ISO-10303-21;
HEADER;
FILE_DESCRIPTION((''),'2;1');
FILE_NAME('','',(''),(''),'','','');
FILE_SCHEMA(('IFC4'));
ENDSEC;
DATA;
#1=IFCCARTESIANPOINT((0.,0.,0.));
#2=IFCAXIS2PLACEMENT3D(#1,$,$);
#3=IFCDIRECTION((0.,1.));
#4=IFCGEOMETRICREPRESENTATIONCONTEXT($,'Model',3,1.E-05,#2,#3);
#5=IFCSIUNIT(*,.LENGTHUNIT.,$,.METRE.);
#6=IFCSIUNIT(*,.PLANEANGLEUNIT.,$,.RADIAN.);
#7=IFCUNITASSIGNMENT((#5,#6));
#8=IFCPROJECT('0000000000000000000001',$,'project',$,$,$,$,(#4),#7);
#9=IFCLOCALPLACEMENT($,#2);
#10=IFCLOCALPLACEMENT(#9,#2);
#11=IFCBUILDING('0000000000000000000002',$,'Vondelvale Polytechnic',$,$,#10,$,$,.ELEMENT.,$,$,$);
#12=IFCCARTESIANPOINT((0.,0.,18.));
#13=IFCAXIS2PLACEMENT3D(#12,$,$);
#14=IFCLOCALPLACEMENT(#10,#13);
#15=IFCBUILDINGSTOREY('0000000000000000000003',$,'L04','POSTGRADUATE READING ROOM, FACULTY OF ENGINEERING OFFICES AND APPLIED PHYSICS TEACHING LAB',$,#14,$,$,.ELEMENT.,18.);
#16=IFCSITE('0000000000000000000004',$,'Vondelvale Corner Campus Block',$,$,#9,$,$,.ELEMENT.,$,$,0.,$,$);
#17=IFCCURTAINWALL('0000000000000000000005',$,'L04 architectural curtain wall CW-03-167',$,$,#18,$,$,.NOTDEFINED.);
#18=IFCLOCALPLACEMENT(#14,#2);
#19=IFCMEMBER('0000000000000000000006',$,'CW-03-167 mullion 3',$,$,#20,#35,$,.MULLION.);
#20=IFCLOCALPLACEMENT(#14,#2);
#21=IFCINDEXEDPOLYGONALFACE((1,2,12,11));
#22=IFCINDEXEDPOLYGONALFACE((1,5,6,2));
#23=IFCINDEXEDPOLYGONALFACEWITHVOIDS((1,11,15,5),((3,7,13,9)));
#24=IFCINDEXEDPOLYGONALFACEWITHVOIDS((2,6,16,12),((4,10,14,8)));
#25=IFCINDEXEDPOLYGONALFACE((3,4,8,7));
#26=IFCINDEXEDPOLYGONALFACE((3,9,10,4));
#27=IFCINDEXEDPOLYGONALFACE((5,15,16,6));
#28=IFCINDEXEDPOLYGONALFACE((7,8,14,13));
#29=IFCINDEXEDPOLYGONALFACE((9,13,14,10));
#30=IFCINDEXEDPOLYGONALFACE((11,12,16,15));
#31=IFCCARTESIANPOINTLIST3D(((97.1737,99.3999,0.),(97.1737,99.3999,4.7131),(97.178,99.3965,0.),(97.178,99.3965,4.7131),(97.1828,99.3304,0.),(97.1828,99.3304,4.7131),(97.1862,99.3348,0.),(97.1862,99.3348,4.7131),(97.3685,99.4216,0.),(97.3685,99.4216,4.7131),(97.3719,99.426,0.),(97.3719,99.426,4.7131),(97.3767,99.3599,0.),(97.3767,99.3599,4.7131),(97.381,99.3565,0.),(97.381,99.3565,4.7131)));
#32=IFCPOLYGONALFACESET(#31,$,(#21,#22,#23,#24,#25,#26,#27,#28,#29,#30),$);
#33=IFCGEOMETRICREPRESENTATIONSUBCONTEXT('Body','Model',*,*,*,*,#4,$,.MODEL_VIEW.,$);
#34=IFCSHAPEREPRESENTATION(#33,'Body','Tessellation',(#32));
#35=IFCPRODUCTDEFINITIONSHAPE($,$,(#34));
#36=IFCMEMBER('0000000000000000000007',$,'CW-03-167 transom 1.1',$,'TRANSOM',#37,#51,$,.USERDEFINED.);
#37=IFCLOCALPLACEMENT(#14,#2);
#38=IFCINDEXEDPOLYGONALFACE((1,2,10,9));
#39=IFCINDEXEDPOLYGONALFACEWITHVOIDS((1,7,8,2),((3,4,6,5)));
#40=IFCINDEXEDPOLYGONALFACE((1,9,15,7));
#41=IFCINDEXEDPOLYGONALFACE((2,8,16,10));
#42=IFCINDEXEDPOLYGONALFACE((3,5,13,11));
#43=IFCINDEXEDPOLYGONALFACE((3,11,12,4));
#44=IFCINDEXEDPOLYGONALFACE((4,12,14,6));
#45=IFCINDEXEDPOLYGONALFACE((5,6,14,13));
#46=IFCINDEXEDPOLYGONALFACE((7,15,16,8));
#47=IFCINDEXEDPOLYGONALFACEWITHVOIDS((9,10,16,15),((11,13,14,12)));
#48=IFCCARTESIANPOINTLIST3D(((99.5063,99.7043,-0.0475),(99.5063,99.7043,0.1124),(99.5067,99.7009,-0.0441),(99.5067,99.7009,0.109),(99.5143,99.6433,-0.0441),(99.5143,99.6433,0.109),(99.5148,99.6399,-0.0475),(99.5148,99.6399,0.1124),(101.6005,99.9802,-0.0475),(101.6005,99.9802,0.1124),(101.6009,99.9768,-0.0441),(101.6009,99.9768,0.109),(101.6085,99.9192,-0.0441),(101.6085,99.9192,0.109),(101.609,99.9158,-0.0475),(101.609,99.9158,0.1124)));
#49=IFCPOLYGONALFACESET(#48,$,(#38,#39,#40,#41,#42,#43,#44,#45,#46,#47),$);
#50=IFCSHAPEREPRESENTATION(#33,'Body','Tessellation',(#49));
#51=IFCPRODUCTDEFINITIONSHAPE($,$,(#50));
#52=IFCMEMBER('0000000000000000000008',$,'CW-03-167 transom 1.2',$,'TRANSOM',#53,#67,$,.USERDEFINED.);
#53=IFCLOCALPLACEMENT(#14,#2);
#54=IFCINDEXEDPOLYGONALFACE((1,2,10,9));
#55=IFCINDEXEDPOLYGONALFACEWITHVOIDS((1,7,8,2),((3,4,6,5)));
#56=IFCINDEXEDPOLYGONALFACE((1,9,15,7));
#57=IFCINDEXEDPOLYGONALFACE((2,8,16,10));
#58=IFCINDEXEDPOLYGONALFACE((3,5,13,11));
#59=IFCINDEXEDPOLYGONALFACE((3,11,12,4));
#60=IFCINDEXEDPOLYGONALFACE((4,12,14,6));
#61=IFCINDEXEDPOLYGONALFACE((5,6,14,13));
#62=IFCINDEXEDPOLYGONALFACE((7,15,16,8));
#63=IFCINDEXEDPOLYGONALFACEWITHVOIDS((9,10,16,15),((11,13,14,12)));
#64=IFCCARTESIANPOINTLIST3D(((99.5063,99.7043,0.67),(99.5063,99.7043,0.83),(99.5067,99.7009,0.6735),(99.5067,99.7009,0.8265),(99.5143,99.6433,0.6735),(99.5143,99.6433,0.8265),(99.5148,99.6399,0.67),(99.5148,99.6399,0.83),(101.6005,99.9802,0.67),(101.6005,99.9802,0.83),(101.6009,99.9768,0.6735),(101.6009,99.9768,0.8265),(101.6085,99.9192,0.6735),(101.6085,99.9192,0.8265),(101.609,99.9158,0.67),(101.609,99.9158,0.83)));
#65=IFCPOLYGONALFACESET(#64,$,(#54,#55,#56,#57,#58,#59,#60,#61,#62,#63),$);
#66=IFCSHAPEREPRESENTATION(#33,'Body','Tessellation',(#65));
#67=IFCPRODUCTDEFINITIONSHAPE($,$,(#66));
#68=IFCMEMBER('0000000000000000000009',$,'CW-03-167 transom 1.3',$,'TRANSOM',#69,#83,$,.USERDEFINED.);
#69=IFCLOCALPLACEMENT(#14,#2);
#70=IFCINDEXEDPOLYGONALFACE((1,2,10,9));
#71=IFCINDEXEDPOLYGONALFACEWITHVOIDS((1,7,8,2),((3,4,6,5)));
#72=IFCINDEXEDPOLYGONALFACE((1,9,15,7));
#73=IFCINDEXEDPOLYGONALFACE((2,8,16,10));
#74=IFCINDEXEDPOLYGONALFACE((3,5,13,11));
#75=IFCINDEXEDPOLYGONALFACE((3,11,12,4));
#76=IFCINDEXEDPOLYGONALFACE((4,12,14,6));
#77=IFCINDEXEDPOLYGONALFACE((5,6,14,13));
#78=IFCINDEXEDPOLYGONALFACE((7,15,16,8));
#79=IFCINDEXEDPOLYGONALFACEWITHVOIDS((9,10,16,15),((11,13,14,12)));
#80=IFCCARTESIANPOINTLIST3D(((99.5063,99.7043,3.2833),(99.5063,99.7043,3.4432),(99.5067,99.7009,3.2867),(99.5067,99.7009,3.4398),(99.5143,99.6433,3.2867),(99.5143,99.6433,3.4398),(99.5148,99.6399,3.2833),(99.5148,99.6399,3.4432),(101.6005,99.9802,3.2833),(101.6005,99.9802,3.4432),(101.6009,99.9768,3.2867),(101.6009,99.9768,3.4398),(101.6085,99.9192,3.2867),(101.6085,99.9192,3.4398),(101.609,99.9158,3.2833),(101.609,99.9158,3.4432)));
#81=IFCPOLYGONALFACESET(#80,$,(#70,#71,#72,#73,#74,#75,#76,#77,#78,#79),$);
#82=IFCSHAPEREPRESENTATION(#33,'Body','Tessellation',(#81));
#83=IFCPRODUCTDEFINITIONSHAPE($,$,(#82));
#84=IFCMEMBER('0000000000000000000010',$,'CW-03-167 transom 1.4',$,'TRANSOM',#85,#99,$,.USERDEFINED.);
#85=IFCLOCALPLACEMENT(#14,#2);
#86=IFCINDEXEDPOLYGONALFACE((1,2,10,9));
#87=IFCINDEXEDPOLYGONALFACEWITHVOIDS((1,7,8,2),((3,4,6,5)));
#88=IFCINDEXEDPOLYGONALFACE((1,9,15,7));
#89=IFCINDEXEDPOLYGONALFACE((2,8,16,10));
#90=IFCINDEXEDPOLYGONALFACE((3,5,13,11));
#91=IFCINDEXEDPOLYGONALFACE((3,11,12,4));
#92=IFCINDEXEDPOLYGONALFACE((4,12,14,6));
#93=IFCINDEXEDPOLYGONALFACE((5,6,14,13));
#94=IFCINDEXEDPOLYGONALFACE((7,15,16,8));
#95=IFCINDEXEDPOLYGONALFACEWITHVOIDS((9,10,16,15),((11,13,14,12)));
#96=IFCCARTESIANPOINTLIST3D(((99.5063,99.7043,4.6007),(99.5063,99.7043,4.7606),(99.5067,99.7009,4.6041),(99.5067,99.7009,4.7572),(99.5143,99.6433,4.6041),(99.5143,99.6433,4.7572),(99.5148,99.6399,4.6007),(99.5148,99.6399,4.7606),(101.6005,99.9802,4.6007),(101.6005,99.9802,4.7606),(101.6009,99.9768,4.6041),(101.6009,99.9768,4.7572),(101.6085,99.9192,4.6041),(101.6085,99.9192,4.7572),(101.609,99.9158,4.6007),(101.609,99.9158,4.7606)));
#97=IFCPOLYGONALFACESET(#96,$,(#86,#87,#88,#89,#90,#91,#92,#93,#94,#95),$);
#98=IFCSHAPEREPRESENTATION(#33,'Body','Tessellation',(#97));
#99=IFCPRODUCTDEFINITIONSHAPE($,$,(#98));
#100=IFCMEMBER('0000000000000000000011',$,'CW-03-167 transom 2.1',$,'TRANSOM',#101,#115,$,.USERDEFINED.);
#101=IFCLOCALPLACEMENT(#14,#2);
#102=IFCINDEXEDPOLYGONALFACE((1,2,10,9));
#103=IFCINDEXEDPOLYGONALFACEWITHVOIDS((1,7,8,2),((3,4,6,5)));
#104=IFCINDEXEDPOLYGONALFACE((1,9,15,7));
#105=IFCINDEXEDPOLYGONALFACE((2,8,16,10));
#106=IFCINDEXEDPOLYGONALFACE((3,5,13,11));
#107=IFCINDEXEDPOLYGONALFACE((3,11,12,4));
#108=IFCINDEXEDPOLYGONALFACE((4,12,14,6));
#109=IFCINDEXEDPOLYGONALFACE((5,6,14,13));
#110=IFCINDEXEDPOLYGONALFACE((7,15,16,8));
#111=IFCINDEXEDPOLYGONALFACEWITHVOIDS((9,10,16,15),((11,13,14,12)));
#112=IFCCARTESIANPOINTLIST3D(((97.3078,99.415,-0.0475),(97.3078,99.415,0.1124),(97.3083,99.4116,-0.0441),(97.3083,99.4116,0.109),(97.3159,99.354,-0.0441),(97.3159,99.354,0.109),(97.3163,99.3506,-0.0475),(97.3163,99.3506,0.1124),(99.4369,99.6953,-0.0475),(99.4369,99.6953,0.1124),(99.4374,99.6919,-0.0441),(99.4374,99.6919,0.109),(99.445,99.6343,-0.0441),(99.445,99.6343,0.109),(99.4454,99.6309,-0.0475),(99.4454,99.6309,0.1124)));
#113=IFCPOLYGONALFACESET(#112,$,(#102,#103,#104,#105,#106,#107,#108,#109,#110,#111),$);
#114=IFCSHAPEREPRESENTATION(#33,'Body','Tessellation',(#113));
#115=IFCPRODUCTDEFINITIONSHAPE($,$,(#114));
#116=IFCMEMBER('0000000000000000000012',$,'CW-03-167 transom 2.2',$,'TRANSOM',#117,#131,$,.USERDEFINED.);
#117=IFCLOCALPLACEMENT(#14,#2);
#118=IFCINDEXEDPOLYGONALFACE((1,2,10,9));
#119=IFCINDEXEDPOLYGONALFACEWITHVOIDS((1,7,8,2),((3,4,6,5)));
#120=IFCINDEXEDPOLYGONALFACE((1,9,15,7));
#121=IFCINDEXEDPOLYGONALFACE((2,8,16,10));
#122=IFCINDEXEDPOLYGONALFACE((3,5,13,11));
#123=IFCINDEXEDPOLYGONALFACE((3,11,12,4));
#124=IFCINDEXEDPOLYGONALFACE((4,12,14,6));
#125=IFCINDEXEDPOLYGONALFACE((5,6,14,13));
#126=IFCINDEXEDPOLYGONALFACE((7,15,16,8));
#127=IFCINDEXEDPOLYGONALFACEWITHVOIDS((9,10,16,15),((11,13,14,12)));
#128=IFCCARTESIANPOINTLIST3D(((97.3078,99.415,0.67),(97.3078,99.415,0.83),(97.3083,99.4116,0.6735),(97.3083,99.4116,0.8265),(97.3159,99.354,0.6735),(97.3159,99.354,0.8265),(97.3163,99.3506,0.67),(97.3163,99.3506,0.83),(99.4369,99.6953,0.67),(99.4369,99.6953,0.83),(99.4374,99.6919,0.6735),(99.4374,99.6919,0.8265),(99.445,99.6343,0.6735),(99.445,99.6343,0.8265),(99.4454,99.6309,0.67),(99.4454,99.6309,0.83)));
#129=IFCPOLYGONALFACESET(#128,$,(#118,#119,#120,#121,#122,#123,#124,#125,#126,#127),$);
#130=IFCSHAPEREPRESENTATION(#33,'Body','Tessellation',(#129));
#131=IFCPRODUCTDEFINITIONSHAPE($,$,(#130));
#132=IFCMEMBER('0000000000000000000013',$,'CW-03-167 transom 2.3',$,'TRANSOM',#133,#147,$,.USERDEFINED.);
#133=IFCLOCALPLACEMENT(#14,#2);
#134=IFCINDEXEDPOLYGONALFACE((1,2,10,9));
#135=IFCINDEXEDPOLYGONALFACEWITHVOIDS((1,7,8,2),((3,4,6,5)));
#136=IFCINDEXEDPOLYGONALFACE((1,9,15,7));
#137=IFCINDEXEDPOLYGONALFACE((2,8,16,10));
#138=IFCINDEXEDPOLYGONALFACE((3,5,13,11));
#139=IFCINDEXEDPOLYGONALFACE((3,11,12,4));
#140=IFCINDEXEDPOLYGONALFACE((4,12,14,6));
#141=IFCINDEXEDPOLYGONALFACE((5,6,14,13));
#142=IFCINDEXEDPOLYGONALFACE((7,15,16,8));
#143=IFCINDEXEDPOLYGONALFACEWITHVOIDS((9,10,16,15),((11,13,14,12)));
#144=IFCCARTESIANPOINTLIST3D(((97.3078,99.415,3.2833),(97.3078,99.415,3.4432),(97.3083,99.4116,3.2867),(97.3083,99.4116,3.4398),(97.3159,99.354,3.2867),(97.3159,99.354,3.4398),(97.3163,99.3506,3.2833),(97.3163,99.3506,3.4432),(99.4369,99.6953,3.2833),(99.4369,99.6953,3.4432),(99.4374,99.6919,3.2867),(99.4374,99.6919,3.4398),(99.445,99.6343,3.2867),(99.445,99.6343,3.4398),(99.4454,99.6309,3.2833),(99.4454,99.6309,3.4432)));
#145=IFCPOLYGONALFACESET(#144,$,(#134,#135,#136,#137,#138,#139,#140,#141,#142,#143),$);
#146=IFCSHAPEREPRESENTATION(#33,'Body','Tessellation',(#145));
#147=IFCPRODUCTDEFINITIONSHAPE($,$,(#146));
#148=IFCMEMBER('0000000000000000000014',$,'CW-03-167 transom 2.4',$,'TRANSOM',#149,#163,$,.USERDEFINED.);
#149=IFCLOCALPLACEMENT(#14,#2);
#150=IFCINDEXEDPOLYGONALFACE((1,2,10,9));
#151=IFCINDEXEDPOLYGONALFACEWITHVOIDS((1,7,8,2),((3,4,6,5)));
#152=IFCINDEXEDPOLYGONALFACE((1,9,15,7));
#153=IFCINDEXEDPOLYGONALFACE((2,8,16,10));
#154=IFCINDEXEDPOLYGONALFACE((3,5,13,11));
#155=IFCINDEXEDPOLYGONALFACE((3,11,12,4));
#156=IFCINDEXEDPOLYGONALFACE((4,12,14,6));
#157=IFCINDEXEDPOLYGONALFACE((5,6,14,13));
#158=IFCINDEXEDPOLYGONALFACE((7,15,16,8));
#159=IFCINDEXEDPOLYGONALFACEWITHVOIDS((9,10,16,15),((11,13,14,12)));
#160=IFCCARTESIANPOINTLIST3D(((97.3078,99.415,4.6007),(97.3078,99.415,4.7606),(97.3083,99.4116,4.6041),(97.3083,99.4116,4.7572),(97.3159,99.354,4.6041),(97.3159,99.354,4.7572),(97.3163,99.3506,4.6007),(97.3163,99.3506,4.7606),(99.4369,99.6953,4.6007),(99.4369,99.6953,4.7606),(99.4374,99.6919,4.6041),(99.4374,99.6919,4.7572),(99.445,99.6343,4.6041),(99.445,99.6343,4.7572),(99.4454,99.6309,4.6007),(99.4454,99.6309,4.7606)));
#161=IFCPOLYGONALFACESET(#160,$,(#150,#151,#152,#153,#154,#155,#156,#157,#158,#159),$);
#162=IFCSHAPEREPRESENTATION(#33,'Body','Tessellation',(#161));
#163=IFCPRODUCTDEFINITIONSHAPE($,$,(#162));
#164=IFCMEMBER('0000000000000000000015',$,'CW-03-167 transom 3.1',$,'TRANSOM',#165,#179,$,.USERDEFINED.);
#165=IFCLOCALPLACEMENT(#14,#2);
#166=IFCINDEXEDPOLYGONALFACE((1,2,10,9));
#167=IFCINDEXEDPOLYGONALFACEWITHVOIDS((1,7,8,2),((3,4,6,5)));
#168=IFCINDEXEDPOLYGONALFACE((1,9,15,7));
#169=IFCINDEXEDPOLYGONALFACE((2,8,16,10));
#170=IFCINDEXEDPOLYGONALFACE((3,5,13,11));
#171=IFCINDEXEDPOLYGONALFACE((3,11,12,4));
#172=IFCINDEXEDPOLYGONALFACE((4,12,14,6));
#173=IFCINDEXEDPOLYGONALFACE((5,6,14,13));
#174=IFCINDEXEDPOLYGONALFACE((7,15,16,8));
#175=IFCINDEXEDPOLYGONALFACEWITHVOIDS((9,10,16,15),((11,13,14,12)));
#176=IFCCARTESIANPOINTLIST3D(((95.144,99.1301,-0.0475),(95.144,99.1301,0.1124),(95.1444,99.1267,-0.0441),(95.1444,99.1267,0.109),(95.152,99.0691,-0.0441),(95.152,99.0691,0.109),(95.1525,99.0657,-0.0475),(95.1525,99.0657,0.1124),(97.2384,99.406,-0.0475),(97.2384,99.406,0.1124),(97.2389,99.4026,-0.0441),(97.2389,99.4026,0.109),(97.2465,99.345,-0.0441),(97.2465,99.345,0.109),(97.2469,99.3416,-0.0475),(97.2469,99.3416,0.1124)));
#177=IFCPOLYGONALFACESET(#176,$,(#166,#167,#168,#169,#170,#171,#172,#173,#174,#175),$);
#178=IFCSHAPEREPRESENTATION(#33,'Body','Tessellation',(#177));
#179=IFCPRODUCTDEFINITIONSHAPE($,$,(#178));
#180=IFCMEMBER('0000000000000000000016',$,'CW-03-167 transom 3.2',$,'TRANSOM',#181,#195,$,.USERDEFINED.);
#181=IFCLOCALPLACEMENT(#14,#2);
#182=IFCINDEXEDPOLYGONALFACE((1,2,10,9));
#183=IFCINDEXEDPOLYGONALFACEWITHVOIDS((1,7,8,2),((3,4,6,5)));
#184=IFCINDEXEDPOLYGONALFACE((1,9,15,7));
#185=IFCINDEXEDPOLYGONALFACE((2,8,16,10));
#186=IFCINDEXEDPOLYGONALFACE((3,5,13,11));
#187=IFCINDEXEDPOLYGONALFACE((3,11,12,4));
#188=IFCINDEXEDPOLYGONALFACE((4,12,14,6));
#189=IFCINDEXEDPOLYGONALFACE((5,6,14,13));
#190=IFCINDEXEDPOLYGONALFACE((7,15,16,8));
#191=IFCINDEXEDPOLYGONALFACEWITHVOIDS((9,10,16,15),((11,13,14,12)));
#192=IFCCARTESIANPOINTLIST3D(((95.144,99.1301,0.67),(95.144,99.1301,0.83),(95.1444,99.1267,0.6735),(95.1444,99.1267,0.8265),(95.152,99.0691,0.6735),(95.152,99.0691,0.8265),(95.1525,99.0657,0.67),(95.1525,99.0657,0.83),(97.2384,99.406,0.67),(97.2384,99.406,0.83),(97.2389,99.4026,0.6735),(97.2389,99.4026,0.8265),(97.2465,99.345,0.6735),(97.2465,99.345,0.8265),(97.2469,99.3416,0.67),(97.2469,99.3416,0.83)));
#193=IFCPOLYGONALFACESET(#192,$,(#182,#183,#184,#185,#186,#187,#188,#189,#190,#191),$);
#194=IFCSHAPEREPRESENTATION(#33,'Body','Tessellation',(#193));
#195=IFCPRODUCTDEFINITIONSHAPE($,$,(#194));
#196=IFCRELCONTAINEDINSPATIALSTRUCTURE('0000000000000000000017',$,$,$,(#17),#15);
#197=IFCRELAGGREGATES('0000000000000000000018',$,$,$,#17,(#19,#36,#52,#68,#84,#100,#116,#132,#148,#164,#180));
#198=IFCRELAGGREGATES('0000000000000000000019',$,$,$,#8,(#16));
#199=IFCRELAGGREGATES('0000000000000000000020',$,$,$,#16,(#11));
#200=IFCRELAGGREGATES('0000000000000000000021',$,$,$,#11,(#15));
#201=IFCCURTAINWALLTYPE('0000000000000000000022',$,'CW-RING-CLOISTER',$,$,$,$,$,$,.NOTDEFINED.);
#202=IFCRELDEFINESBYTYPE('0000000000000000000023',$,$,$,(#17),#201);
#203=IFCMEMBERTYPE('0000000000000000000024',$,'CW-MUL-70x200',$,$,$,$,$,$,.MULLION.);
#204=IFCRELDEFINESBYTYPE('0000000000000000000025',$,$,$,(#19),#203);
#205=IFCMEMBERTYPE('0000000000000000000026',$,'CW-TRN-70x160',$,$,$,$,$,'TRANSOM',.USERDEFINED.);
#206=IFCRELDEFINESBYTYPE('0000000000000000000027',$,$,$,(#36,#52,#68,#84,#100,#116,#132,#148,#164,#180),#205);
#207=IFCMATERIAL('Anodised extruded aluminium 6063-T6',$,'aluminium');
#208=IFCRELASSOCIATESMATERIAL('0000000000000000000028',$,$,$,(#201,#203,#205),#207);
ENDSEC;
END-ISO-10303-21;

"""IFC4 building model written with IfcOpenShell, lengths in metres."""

from ifc_helpers import new_model, si_unit, direction, frame, origin, origin_2d, place, context, subcontext, project, spatial, hollow_rectangle, extrude, material, material_profile, profile_set, type_object, element, aggregate, save


model = new_model("IFC4")

# Units and contexts
model_context = context("Model", 3, precision=1e-05, world=origin(), true_north=direction((0.0, 1.0)))
body_context = subcontext(model_context, "Body", "Model", "MODEL_VIEW")
ifc_project = project(units=[si_unit("LENGTHUNIT", "METRE"), si_unit("PLANEANGLEUNIT", "RADIAN")], contexts=[model_context])

# Site, building, storey
site_placement = place(None, origin())
site = spatial("IfcSite", under=ifc_project, at=site_placement, Name="Vondelvale Corner Campus Block", CompositionType="ELEMENT", RefElevation=0.0)
building_placement = place(site_placement, origin())
building = spatial("IfcBuilding", under=site, at=building_placement, Name="Vondelvale Polytechnic", CompositionType="ELEMENT")
storey_placement = place(building_placement, frame((0.0, 0.0, 18.0)))
storey = spatial("IfcBuildingStorey", under=building, at=storey_placement, Name="L04", Description="POSTGRADUATE READING ROOM, FACULTY OF ENGINEERING OFFICES AND APPLIED PHYSICS TEACHING LAB", CompositionType="ELEMENT", Elevation=18.0)

# Shared definitions
ifc_material_1 = material(Name="Anodised extruded aluminium 6063-T6", Category="aluminium")

# Curtain wall, members
curtain_wall_type_1 = type_object("IfcCurtainWallType", Name="CW-RING-CLOISTER", PredefinedType="NOTDEFINED", material=ifc_material_1)
curtain_wall_1_placement = place(storey_placement, origin())
curtain_wall_1 = element("IfcCurtainWall", 1, at=curtain_wall_1_placement, inside=storey, type_object=curtain_wall_type_1, Name="L04 architectural curtain wall CW-03-167", PredefinedType="NOTDEFINED")
ifc_material_profile_1 = material_profile(ifc_material_1, hollow_rectangle(XDim=0.0701, YDim=0.2, WallThickness=0.0039, at=origin_2d()), Name="CW-MUL-200x70")
ifc_profile_set_1 = profile_set([ifc_material_profile_1], Name="Anodised extruded aluminium 6063-T6")
member_type_1 = type_object("IfcMemberType", Name="CW-MUL-70x200", PredefinedType="MULLION", material=ifc_profile_set_1)
member_1_placement = place(storey_placement, frame((97.2773, 99.3782, 0.0), z_axis=(0.0, 0.0, 1.0), x_axis=(0.130528, -0.991445, 0.0)))
member_1 = element("IfcMember", 2, at=member_1_placement, type_object=member_type_1, Name="CW-03-167 mullion 3", PredefinedType="MULLION", context=body_context, shape_type="SweptSolid", body=[
    extrude(hollow_rectangle(XDim=0.0701, YDim=0.2, WallThickness=0.0039, at=origin_2d()), origin(), (0.0, 0.0, 1.0), 4.7131),
])
ifc_material_profile_2 = material_profile(ifc_material_1, hollow_rectangle(XDim=0.0649, YDim=0.1599, WallThickness=0.0034, at=origin_2d()), Name="CW-TRN-160x65")
ifc_profile_set_2 = profile_set([ifc_material_profile_2], Name="Anodised extruded aluminium 6063-T6")
member_type_2 = type_object("IfcMemberType", Name="CW-TRN-70x160", ElementType="TRANSOM", PredefinedType="USERDEFINED", material=ifc_profile_set_2)
member_2_placement = place(storey_placement, frame((101.6047, 99.948, 0.0325), z_axis=(-0.991435, -0.130604, 0.0), x_axis=(0.130604, -0.991435, 0.0)))
member_2 = element("IfcMember", 3, at=member_2_placement, type_object=member_type_2, Name="CW-03-167 transom 1.1", ObjectType="TRANSOM", PredefinedType="USERDEFINED", context=body_context, shape_type="SweptSolid", body=[
    extrude(hollow_rectangle(XDim=0.0649, YDim=0.1599, WallThickness=0.0034, at=origin_2d()), origin(), (0.0, 0.0, 1.0), 2.1123),
])
member_3_placement = place(storey_placement, frame((101.6047, 99.948, 0.75), z_axis=(-0.991435, -0.130604, 0.0), x_axis=(0.130604, -0.991435, 0.0)))
member_3 = element("IfcMember", 4, at=member_3_placement, type_object=member_type_2, Name="CW-03-167 transom 1.2", ObjectType="TRANSOM", PredefinedType="USERDEFINED", context=body_context, shape_type="SweptSolid", body=[
    extrude(hollow_rectangle(XDim=0.0649, YDim=0.1599, WallThickness=0.0034, at=origin_2d()), origin(), (0.0, 0.0, 1.0), 2.1123),
])
member_4_placement = place(storey_placement, frame((101.6047, 99.948, 3.3633), z_axis=(-0.991435, -0.130604, 0.0), x_axis=(0.130604, -0.991435, 0.0)))
member_4 = element("IfcMember", 5, at=member_4_placement, type_object=member_type_2, Name="CW-03-167 transom 1.3", ObjectType="TRANSOM", PredefinedType="USERDEFINED", context=body_context, shape_type="SweptSolid", body=[
    extrude(hollow_rectangle(XDim=0.0649, YDim=0.1599, WallThickness=0.0034, at=origin_2d()), origin(), (0.0, 0.0, 1.0), 2.1123),
])
member_5_placement = place(storey_placement, frame((101.6047, 99.948, 4.6807), z_axis=(-0.991435, -0.130604, 0.0), x_axis=(0.130604, -0.991435, 0.0)))
member_5 = element("IfcMember", 6, at=member_5_placement, type_object=member_type_2, Name="CW-03-167 transom 1.4", ObjectType="TRANSOM", PredefinedType="USERDEFINED", context=body_context, shape_type="SweptSolid", body=[
    extrude(hollow_rectangle(XDim=0.0649, YDim=0.1599, WallThickness=0.0034, at=origin_2d()), origin(), (0.0, 0.0, 1.0), 2.1123),
])
member_6_placement = place(storey_placement, frame((99.4412, 99.6631, 0.0325), z_axis=(-0.991447, -0.13051, 0.0), x_axis=(0.13051, -0.991447, 0.0)))
member_6 = element("IfcMember", 7, at=member_6_placement, type_object=member_type_2, Name="CW-03-167 transom 2.1", ObjectType="TRANSOM", PredefinedType="USERDEFINED", context=body_context, shape_type="SweptSolid", body=[
    extrude(hollow_rectangle(XDim=0.0649, YDim=0.1599, WallThickness=0.0034, at=origin_2d()), origin(), (0.0, 0.0, 1.0), 2.1475),
])
member_7_placement = place(storey_placement, frame((99.4412, 99.6631, 0.75), z_axis=(-0.991447, -0.13051, 0.0), x_axis=(0.13051, -0.991447, 0.0)))
member_7 = element("IfcMember", 8, at=member_7_placement, type_object=member_type_2, Name="CW-03-167 transom 2.2", ObjectType="TRANSOM", PredefinedType="USERDEFINED", context=body_context, shape_type="SweptSolid", body=[
    extrude(hollow_rectangle(XDim=0.0649, YDim=0.1599, WallThickness=0.0034, at=origin_2d()), origin(), (0.0, 0.0, 1.0), 2.1475),
])
member_8_placement = place(storey_placement, frame((99.4412, 99.6631, 3.3633), z_axis=(-0.991447, -0.13051, 0.0), x_axis=(0.13051, -0.991447, 0.0)))
member_8 = element("IfcMember", 9, at=member_8_placement, type_object=member_type_2, Name="CW-03-167 transom 2.3", ObjectType="TRANSOM", PredefinedType="USERDEFINED", context=body_context, shape_type="SweptSolid", body=[
    extrude(hollow_rectangle(XDim=0.0649, YDim=0.1599, WallThickness=0.0034, at=origin_2d()), origin(), (0.0, 0.0, 1.0), 2.1475),
])
member_9_placement = place(storey_placement, frame((99.4412, 99.6631, 4.6807), z_axis=(-0.991447, -0.13051, 0.0), x_axis=(0.13051, -0.991447, 0.0)))
member_9 = element("IfcMember", 10, at=member_9_placement, type_object=member_type_2, Name="CW-03-167 transom 2.4", ObjectType="TRANSOM", PredefinedType="USERDEFINED", context=body_context, shape_type="SweptSolid", body=[
    extrude(hollow_rectangle(XDim=0.0649, YDim=0.1599, WallThickness=0.0034, at=origin_2d()), origin(), (0.0, 0.0, 1.0), 2.1475),
])
member_10_placement = place(storey_placement, frame((97.2427, 99.3738, 0.0325), z_axis=(-0.991437, -0.130589, 0.0), x_axis=(0.130589, -0.991437, 0.0)))
member_10 = element("IfcMember", 11, at=member_10_placement, type_object=member_type_2, Name="CW-03-167 transom 3.1", ObjectType="TRANSOM", PredefinedType="USERDEFINED", context=body_context, shape_type="SweptSolid", body=[
    extrude(hollow_rectangle(XDim=0.0649, YDim=0.1599, WallThickness=0.0034, at=origin_2d()), origin(), (0.0, 0.0, 1.0), 2.1125),
])
member_11_placement = place(storey_placement, frame((97.2427, 99.3738, 0.75), z_axis=(-0.991437, -0.130589, 0.0), x_axis=(0.130589, -0.991437, 0.0)))
member_11 = element("IfcMember", 12, at=member_11_placement, type_object=member_type_2, Name="CW-03-167 transom 3.2", ObjectType="TRANSOM", PredefinedType="USERDEFINED", context=body_context, shape_type="SweptSolid", body=[
    extrude(hollow_rectangle(XDim=0.0649, YDim=0.1599, WallThickness=0.0034, at=origin_2d()), origin(), (0.0, 0.0, 1.0), 2.1125),
])
aggregate(curtain_wall_1, [member_1, member_2, member_3, member_4, member_5, member_6, member_7, member_8, member_9, member_10, member_11])

save(model, "model.ifc")
